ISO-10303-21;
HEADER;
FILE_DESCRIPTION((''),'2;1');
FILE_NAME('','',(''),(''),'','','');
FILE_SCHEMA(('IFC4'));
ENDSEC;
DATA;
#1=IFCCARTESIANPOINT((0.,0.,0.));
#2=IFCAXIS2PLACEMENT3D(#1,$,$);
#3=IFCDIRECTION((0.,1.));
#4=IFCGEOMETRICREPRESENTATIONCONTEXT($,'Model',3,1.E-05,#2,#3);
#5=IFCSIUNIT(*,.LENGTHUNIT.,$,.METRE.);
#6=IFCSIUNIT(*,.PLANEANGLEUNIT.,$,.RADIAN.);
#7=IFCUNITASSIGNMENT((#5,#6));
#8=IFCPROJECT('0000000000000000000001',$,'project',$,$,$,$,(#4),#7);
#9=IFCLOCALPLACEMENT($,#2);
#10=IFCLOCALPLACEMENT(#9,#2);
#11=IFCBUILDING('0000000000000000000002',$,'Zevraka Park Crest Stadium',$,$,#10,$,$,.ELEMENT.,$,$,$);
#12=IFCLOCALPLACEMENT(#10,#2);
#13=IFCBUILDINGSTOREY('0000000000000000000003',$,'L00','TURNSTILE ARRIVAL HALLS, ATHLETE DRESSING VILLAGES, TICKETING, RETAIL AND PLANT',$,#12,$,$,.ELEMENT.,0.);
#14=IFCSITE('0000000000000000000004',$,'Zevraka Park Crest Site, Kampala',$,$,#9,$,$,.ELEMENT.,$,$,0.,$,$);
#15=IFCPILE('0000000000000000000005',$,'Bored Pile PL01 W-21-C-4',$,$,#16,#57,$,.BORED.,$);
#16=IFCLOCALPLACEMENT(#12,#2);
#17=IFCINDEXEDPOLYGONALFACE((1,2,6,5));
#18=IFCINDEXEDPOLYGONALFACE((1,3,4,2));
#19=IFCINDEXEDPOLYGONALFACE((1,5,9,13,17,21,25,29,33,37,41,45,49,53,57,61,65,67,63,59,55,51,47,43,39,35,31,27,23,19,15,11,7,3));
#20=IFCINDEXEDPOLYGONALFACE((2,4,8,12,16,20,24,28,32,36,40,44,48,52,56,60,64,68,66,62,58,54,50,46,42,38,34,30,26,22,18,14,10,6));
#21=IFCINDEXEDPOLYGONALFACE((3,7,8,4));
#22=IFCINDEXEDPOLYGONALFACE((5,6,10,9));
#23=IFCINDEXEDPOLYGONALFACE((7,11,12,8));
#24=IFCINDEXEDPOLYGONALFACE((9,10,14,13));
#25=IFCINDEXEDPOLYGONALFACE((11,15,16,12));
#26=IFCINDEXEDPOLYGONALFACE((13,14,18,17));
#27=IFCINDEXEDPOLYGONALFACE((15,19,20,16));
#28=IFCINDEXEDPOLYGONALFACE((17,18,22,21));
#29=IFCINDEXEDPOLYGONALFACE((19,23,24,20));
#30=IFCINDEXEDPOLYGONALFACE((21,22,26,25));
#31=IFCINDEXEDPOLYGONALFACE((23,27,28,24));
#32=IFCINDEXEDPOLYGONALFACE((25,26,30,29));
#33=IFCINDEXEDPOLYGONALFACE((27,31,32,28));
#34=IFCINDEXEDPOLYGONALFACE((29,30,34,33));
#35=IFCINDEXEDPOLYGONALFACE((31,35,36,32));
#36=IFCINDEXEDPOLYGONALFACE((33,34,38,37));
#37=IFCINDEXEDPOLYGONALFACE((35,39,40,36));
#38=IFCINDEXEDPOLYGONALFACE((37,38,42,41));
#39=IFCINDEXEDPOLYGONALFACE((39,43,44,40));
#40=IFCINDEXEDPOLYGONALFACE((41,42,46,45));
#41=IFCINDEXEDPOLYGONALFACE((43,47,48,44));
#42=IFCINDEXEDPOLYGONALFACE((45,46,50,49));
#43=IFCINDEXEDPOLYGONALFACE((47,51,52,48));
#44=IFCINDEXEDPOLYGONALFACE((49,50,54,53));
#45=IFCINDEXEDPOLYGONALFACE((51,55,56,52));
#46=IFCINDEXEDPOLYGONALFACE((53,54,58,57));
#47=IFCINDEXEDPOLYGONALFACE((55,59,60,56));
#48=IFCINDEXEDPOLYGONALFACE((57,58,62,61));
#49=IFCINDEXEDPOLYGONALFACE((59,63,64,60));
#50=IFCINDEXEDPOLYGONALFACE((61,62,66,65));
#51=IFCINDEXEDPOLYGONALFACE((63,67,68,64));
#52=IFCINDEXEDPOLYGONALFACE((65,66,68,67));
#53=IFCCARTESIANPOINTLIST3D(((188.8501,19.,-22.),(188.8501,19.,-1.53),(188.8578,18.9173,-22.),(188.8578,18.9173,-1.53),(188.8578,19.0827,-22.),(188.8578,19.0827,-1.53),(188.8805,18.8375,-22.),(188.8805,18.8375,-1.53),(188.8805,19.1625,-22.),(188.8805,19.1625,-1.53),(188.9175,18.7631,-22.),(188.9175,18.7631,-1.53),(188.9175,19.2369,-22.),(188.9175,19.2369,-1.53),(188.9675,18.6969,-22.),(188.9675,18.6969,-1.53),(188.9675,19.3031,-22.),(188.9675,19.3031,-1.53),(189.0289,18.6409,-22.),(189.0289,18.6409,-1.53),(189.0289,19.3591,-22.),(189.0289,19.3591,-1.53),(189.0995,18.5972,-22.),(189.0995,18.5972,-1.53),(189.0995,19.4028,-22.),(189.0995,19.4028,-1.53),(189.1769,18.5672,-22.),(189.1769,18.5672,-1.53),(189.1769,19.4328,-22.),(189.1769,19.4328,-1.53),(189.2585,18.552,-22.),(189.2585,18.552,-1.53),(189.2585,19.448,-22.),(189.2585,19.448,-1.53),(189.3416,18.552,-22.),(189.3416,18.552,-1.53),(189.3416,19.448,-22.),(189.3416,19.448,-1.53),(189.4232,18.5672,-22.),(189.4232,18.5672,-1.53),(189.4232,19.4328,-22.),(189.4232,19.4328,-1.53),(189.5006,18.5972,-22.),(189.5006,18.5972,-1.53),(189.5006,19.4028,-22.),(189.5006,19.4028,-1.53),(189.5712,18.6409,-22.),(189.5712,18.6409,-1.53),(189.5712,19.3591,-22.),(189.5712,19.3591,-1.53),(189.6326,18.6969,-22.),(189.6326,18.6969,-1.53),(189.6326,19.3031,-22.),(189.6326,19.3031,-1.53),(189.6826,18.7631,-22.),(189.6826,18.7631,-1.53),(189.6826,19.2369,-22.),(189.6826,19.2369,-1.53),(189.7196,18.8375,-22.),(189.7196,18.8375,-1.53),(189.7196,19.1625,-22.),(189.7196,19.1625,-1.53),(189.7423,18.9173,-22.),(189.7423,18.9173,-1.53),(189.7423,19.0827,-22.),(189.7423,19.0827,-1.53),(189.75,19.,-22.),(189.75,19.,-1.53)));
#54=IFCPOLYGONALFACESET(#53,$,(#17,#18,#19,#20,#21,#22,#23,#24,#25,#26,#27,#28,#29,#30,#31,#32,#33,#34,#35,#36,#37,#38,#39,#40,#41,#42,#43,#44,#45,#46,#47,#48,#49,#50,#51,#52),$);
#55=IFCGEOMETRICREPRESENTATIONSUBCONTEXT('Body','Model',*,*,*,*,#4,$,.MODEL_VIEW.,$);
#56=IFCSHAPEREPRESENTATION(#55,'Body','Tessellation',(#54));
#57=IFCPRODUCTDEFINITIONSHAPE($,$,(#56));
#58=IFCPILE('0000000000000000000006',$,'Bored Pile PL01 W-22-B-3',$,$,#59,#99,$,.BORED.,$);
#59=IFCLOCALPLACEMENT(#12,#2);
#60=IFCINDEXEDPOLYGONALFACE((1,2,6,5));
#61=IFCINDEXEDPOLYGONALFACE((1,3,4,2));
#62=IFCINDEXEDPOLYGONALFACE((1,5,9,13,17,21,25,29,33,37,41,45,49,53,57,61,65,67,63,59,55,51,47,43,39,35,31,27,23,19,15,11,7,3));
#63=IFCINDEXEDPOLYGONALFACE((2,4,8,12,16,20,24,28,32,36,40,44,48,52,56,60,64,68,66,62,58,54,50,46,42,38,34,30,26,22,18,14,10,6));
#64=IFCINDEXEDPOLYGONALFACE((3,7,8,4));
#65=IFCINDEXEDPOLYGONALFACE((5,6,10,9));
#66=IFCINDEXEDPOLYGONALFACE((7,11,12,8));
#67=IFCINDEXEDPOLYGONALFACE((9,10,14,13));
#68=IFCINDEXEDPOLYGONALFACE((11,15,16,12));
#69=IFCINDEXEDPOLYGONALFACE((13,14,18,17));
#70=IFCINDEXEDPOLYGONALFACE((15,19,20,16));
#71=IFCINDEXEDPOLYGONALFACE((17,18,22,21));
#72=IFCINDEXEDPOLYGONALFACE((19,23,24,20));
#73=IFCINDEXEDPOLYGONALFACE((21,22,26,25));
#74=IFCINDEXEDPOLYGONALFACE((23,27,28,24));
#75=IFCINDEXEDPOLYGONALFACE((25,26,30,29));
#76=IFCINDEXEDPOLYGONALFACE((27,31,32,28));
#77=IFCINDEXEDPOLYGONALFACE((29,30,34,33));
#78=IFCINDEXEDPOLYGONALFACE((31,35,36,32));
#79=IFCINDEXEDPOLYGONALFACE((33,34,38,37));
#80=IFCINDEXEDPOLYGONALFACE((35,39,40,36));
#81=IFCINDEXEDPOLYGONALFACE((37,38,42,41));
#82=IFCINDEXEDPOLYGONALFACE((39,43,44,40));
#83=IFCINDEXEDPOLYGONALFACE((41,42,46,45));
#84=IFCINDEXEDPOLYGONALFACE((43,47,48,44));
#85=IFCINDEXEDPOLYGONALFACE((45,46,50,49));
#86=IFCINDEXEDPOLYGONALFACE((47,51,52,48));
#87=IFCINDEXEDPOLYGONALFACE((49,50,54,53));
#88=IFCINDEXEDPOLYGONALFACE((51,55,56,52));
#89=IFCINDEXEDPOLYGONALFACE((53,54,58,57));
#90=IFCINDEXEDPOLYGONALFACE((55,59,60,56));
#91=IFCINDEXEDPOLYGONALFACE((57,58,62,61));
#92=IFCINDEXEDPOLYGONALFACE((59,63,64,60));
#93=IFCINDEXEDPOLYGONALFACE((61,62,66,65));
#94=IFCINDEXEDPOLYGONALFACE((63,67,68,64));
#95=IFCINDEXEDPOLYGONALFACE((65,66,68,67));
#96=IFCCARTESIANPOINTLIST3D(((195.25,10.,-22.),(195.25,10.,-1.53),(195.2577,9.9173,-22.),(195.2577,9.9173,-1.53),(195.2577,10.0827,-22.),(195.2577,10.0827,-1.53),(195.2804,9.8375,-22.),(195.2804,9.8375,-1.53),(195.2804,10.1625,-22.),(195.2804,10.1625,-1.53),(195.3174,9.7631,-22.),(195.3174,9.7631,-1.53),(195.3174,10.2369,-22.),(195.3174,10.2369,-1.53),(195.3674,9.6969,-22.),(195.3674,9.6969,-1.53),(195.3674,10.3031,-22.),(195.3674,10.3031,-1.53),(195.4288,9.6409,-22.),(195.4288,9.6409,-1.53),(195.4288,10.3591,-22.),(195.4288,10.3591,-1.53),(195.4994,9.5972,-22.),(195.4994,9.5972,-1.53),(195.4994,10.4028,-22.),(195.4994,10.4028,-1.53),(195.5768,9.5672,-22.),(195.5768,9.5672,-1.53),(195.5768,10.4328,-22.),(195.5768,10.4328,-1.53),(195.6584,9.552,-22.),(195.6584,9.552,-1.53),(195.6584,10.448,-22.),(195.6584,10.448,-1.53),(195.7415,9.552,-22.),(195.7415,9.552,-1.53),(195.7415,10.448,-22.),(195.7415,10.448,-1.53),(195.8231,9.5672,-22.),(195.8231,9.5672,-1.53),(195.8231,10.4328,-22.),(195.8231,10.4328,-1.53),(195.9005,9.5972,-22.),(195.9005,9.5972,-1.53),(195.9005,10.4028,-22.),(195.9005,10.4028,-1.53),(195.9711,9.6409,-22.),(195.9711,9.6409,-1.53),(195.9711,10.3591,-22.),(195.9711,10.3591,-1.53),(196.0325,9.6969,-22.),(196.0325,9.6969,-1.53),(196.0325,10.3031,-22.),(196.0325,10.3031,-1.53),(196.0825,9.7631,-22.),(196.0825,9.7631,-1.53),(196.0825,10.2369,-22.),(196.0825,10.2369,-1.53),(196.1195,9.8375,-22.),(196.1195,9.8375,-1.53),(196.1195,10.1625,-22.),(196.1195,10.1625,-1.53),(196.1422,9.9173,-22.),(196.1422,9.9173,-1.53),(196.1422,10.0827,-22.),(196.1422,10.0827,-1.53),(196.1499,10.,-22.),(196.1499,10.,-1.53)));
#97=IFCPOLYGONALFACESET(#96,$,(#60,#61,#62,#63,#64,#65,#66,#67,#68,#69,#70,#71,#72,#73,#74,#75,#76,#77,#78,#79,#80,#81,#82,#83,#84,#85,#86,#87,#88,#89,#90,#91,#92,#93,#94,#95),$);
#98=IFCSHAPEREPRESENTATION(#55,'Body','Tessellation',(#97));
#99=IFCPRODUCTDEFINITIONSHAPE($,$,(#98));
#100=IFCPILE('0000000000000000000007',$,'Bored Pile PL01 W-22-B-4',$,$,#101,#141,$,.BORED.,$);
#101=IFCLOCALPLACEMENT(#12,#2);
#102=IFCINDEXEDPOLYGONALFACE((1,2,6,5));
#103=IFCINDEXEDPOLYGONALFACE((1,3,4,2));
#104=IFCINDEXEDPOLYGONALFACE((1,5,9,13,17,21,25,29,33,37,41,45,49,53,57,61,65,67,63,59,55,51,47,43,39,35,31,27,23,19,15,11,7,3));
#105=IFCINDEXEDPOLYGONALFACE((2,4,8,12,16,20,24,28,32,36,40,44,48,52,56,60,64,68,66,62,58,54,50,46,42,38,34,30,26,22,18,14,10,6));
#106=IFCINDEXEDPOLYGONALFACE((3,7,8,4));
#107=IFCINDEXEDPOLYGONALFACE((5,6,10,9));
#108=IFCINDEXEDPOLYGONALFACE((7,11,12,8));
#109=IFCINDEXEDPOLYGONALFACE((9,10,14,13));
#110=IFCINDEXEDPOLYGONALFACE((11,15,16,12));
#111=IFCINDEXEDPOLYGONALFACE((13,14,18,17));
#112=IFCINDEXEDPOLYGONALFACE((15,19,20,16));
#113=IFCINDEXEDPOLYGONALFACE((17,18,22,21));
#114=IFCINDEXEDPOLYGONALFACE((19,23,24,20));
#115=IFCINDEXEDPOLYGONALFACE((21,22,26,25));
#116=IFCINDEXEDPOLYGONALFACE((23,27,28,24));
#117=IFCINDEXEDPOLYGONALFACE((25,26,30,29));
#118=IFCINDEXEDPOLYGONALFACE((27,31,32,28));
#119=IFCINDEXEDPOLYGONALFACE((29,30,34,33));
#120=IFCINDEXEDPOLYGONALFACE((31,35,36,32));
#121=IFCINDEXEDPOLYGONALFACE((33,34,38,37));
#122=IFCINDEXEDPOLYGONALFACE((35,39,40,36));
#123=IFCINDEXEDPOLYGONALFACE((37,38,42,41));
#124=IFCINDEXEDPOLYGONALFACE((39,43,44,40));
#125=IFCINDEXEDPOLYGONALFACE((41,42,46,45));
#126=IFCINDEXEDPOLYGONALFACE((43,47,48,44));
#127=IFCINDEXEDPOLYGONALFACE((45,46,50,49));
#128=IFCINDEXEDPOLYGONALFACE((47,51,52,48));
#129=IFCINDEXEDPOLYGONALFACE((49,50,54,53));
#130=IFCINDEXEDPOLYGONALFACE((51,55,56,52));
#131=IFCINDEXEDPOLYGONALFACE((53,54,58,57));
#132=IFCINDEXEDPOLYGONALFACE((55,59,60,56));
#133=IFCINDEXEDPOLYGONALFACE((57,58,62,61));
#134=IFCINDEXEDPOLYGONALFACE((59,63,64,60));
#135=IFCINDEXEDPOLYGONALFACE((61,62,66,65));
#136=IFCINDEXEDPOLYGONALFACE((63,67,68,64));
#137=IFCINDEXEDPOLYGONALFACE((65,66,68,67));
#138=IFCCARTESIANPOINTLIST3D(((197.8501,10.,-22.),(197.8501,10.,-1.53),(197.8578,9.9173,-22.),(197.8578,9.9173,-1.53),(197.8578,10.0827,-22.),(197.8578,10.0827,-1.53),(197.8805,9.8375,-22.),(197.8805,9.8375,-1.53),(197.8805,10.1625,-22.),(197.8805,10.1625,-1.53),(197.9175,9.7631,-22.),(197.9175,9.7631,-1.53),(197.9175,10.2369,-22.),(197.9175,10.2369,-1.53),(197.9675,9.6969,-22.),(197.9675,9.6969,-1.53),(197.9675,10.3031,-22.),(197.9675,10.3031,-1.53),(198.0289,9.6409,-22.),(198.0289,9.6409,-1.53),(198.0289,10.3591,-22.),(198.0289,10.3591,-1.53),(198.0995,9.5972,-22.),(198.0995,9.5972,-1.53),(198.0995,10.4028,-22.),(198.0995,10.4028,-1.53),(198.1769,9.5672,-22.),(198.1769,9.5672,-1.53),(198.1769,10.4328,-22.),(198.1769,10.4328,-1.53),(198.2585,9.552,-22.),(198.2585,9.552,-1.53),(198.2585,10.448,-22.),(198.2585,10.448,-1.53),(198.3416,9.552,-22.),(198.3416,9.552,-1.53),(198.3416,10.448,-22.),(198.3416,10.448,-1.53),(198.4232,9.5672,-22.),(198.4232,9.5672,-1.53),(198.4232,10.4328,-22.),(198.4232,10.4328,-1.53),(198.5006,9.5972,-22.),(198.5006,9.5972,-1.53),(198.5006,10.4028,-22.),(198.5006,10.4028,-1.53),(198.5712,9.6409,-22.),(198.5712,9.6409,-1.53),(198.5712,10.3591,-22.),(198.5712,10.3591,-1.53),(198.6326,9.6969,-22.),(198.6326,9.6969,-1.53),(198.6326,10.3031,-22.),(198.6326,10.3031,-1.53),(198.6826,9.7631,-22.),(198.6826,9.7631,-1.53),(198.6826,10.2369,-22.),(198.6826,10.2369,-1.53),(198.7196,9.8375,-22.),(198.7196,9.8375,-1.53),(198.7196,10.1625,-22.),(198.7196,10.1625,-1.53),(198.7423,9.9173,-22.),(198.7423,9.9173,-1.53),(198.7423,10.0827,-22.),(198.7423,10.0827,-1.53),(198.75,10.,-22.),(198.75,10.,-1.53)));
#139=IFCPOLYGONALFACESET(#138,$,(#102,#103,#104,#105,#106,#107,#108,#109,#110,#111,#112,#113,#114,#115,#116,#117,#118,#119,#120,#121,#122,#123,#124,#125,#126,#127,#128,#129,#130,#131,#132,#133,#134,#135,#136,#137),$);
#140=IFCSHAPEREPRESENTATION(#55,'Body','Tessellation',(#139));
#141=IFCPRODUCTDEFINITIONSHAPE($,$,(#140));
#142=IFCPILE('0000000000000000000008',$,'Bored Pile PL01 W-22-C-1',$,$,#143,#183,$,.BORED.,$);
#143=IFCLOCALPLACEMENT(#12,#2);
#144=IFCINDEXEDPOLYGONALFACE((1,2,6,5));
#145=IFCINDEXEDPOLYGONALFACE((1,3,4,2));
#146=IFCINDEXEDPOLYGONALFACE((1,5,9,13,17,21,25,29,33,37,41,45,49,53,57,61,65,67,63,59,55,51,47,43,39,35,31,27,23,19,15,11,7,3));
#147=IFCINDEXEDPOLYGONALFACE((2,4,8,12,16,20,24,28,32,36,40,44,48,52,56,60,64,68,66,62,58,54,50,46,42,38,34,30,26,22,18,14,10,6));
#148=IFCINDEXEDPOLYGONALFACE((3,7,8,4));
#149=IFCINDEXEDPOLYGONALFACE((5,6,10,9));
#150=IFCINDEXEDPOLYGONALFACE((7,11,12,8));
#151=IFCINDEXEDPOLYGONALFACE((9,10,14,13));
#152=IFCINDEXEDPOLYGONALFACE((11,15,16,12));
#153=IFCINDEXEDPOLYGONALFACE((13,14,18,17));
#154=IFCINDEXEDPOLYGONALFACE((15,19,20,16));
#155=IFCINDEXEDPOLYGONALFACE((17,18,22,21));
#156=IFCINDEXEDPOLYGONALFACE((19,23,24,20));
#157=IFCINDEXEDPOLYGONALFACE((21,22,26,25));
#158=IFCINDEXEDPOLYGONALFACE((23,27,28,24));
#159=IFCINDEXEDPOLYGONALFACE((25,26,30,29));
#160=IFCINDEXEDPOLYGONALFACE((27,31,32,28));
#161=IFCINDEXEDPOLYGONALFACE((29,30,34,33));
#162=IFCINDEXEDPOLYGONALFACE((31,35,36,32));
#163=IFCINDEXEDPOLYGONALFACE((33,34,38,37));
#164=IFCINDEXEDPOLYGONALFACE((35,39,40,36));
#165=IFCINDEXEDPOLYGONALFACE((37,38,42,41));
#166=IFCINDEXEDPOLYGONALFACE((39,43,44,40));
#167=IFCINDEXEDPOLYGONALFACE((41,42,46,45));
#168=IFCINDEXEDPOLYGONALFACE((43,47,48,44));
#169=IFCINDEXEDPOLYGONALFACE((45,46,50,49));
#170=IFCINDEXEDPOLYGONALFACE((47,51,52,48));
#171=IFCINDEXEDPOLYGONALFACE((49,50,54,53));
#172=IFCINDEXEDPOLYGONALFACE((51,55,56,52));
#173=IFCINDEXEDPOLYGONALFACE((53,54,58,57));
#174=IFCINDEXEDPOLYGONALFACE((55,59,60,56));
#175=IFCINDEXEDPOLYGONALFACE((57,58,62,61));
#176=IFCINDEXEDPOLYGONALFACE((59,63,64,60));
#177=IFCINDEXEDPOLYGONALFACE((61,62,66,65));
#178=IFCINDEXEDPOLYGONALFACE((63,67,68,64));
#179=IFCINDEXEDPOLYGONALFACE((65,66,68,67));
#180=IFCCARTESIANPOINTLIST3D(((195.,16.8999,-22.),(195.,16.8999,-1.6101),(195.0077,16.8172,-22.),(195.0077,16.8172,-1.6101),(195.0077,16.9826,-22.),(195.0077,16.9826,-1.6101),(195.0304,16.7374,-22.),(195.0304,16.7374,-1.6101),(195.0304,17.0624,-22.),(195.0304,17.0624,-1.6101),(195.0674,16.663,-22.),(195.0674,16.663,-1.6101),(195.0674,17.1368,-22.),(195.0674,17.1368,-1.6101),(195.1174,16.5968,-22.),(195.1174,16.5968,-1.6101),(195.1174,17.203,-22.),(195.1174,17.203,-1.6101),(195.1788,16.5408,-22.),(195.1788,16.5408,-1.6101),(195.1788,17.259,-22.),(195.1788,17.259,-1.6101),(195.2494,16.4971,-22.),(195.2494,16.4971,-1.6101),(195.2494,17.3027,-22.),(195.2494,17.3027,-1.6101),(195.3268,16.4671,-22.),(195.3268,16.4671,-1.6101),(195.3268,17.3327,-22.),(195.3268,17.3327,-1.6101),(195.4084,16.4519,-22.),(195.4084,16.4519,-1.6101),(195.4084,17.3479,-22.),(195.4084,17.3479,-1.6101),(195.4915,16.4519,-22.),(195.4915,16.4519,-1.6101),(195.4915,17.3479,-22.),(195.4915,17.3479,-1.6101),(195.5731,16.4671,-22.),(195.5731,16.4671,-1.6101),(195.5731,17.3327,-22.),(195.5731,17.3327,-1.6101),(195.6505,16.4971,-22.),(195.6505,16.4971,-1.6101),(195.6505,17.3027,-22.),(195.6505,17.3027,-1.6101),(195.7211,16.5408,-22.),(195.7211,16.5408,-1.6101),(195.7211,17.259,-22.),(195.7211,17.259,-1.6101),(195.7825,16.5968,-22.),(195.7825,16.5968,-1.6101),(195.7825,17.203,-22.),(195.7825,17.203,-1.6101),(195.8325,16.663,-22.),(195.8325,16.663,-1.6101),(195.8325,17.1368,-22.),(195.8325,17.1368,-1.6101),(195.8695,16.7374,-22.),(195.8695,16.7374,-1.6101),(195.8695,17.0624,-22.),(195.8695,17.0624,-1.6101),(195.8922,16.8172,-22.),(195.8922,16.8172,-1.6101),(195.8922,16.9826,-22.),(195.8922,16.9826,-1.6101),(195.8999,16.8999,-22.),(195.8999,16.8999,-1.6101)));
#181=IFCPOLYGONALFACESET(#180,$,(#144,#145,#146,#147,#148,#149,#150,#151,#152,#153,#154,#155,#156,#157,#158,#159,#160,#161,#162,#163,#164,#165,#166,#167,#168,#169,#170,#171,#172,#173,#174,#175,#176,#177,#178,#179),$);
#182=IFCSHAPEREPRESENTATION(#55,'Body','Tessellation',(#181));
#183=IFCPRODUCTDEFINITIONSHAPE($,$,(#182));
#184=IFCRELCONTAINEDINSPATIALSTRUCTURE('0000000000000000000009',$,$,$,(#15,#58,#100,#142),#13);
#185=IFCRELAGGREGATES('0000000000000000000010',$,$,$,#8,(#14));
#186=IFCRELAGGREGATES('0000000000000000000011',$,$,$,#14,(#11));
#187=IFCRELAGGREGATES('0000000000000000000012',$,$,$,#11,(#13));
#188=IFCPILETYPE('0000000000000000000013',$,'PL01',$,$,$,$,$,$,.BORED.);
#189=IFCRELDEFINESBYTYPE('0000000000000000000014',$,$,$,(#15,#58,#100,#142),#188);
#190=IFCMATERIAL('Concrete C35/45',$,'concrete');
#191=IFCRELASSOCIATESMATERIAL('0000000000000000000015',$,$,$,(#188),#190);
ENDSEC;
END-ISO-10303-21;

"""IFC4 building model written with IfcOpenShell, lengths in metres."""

from ifc_helpers import new_model, si_unit, direction, frame, origin, origin_2d, place, context, subcontext, project, spatial, circle, extrude, material, material_profile, profile_set, type_object, element, save


model = new_model("IFC4")

# Units and contexts
model_context = context("Model", 3, precision=1e-05, world=origin(), true_north=direction((0.0, 1.0)))
body_context = subcontext(model_context, "Body", "Model", "MODEL_VIEW")
ifc_project = project(units=[si_unit("LENGTHUNIT", "METRE"), si_unit("PLANEANGLEUNIT", "RADIAN")], contexts=[model_context])

# Site, building, storey
site_placement = place(None, origin())
site = spatial("IfcSite", under=ifc_project, at=site_placement, Name="Zevraka Park Crest Site, Kampala", CompositionType="ELEMENT", RefElevation=0.0)
building_placement = place(site_placement, origin())
building = spatial("IfcBuilding", under=site, at=building_placement, Name="Zevraka Park Crest Stadium", CompositionType="ELEMENT")
storey_placement = place(building_placement, origin())
storey = spatial("IfcBuildingStorey", under=building, at=storey_placement, Name="L00", Description="TURNSTILE ARRIVAL HALLS, ATHLETE DRESSING VILLAGES, TICKETING, RETAIL AND PLANT", CompositionType="ELEMENT", Elevation=0.0)

# Piles
ifc_material_1 = material(Name="Concrete C35/45", Category="concrete")
ifc_material_profile_1 = material_profile(ifc_material_1, circle(Radius=0.45, at=origin_2d()), Name="PILE D900")
ifc_profile_set_1 = profile_set([ifc_material_profile_1], Name="Concrete C35/45")
pile_type = type_object("IfcPileType", Name="PL01", PredefinedType="BORED", material=ifc_profile_set_1)
for number, where, z_axis, x_axis, name in (
    (1, (189.3, 19.0, -1.53), (0.0, 0.0, -1.0), (1.0, 0.0, 0.0), "Bored Pile PL01 W-21-C-4"),
    (2, (195.7, 10.0, -1.53), (0.0, 0.0, -1.0), (1.0, 0.0, 0.0), "Bored Pile PL01 W-22-B-3"),
    (3, (198.3, 10.0, -1.53), (0.0, 0.0, -1.0), (1.0, 0.0, 0.0), "Bored Pile PL01 W-22-B-4"),
):
    element("IfcPile", number, at=place(storey_placement, frame(where, z_axis=z_axis, x_axis=x_axis)), inside=storey, type_object=pile_type, Name=name, PredefinedType="BORED", context=body_context, shape_type="SweptSolid", body=[
        extrude(circle(Radius=0.45, at=origin_2d()), origin(), (0.0, 0.0, 1.0), 20.47),
    ])
for number, where, z_axis, x_axis, name in (
    (4, (195.45, 16.8999, -1.6101), (0.0, 0.0, -1.0), (1.0, 0.0, 0.0), "Bored Pile PL01 W-22-C-1"),
):
    element("IfcPile", number, at=place(storey_placement, frame(where, z_axis=z_axis, x_axis=x_axis)), inside=storey, type_object=pile_type, Name=name, PredefinedType="BORED", context=body_context, shape_type="SweptSolid", body=[
        extrude(circle(Radius=0.45, at=origin_2d()), origin(), (0.0, 0.0, 1.0), 20.3899),
    ])

save(model, "model.ifc")
